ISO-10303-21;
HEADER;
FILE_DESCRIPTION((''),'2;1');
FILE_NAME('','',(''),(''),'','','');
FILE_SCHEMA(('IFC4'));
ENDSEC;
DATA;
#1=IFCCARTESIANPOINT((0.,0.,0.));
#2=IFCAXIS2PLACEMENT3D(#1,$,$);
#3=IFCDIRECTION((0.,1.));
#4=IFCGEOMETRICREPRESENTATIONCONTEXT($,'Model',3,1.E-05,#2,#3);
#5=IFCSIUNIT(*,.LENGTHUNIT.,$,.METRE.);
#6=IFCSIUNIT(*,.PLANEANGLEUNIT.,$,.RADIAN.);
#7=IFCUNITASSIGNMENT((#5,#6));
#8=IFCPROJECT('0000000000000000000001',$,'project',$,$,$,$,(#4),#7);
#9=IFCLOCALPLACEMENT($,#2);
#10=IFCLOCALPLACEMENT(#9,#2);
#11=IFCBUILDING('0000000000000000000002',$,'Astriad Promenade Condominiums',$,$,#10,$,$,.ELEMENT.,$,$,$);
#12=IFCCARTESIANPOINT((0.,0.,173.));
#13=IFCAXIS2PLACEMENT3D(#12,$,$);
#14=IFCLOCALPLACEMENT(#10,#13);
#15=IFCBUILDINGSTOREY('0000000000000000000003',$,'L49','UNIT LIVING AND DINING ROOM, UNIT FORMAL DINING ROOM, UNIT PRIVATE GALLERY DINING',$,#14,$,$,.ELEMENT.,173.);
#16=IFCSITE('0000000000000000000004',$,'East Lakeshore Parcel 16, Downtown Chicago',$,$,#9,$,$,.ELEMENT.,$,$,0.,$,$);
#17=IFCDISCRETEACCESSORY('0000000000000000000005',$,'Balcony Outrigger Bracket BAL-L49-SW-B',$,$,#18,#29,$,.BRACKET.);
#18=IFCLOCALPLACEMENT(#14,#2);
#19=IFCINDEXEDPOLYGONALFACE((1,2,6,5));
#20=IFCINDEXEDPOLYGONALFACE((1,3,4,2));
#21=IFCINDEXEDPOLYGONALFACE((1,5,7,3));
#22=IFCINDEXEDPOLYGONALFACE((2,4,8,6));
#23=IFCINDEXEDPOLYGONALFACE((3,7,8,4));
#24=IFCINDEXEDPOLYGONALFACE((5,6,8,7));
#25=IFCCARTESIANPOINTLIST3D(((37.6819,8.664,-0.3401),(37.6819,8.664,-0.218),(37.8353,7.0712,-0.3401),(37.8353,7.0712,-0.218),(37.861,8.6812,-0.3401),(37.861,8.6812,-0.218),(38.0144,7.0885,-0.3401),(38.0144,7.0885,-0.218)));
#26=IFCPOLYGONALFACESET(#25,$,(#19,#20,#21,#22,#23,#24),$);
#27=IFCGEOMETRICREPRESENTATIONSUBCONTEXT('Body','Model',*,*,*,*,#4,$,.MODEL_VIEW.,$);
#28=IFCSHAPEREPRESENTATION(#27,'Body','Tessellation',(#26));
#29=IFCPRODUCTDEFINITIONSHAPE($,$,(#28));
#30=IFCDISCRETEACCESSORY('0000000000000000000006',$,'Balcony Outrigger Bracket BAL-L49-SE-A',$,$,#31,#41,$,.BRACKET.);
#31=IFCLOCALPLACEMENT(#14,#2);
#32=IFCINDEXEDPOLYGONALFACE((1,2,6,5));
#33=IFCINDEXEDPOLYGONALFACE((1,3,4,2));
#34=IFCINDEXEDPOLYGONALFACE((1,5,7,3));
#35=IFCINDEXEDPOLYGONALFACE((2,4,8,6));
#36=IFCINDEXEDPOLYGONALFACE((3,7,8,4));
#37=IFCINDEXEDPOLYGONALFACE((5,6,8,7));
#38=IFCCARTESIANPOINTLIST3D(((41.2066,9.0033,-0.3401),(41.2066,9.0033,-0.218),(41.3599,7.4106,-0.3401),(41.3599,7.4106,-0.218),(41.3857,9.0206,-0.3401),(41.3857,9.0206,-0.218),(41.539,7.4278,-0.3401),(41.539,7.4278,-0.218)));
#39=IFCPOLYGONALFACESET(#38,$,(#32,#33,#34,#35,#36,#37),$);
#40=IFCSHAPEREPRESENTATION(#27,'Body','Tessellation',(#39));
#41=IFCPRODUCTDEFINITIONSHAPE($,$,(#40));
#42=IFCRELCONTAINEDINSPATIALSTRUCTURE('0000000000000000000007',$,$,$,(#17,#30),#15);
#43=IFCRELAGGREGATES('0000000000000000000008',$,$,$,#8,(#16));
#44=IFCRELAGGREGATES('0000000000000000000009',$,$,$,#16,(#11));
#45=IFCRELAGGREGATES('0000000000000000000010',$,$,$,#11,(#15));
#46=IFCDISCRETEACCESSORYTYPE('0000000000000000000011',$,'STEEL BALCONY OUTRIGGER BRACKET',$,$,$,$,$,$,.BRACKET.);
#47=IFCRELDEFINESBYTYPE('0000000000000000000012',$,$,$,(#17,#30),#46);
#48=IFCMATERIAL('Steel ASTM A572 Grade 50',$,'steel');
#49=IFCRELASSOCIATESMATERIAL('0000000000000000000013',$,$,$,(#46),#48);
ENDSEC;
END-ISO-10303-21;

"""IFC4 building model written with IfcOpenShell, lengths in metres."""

from ifc_helpers import new_model, si_unit, direction, frame, origin, origin_2d, place, context, subcontext, project, spatial, rectangle, extrude, source, transform, mapped, material, type_object, type_shapes, element, save


model = new_model("IFC4")

# Units and contexts
model_context = context("Model", 3, precision=1e-05, world=origin(), true_north=direction((0.0, 1.0)))
body_context = subcontext(model_context, "Body", "Model", "MODEL_VIEW")
ifc_project = project(units=[si_unit("LENGTHUNIT", "METRE"), si_unit("PLANEANGLEUNIT", "RADIAN")], contexts=[model_context])

# Site, building, storey
site_placement = place(None, origin())
site = spatial("IfcSite", under=ifc_project, at=site_placement, Name="East Lakeshore Parcel 16, Downtown Chicago", CompositionType="ELEMENT", RefElevation=0.0)
building_placement = place(site_placement, origin())
building = spatial("IfcBuilding", under=site, at=building_placement, Name="Astriad Promenade Condominiums", CompositionType="ELEMENT")
storey_placement = place(building_placement, frame((0.0, 0.0, 173.0)))
storey = spatial("IfcBuildingStorey", under=building, at=storey_placement, Name="L49", Description="UNIT LIVING AND DINING ROOM, UNIT FORMAL DINING ROOM, UNIT PRIVATE GALLERY DINING", CompositionType="ELEMENT", Elevation=173.0)

# Discrete accessories
ifc_material_1 = material(Name="Steel ASTM A572 Grade 50", Category="steel")
discrete_accessory_type = type_object("IfcDiscreteAccessoryType", Name="STEEL BALCONY OUTRIGGER BRACKET", PredefinedType="BRACKET", material=ifc_material_1)
shared_shape_1 = source(origin(), body_context, "Body", "SweptSolid", [
    extrude(rectangle(XDim=1.6001, YDim=0.1799, at=origin_2d()), origin(), (0.0, 0.0, 1.0), 0.1221),
])
type_shapes(discrete_accessory_type, [shared_shape_1])
for number, where, z_axis, x_axis, name in (
    (1, (37.8481, 7.8762, -0.3401), (0.0, 0.0, 1.0), (0.095846, -0.995396, 0.0), "Balcony Outrigger Bracket BAL-L49-SW-B"),
    (2, (41.3728, 8.2156, -0.3401), (0.0, 0.0, 1.0), (0.095846, -0.995396, 0.0), "Balcony Outrigger Bracket BAL-L49-SE-A"),
):
    element("IfcDiscreteAccessory", number, at=place(storey_placement, frame(where, z_axis=z_axis, x_axis=x_axis)), inside=storey, type_object=discrete_accessory_type, Name=name, PredefinedType="BRACKET", context=body_context, shape_type="MappedRepresentation", body=[
        mapped(shared_shape_1, transform((0.0, 0.0, 0.0), scale=1.0)),
    ])

save(model, "model.ifc")
